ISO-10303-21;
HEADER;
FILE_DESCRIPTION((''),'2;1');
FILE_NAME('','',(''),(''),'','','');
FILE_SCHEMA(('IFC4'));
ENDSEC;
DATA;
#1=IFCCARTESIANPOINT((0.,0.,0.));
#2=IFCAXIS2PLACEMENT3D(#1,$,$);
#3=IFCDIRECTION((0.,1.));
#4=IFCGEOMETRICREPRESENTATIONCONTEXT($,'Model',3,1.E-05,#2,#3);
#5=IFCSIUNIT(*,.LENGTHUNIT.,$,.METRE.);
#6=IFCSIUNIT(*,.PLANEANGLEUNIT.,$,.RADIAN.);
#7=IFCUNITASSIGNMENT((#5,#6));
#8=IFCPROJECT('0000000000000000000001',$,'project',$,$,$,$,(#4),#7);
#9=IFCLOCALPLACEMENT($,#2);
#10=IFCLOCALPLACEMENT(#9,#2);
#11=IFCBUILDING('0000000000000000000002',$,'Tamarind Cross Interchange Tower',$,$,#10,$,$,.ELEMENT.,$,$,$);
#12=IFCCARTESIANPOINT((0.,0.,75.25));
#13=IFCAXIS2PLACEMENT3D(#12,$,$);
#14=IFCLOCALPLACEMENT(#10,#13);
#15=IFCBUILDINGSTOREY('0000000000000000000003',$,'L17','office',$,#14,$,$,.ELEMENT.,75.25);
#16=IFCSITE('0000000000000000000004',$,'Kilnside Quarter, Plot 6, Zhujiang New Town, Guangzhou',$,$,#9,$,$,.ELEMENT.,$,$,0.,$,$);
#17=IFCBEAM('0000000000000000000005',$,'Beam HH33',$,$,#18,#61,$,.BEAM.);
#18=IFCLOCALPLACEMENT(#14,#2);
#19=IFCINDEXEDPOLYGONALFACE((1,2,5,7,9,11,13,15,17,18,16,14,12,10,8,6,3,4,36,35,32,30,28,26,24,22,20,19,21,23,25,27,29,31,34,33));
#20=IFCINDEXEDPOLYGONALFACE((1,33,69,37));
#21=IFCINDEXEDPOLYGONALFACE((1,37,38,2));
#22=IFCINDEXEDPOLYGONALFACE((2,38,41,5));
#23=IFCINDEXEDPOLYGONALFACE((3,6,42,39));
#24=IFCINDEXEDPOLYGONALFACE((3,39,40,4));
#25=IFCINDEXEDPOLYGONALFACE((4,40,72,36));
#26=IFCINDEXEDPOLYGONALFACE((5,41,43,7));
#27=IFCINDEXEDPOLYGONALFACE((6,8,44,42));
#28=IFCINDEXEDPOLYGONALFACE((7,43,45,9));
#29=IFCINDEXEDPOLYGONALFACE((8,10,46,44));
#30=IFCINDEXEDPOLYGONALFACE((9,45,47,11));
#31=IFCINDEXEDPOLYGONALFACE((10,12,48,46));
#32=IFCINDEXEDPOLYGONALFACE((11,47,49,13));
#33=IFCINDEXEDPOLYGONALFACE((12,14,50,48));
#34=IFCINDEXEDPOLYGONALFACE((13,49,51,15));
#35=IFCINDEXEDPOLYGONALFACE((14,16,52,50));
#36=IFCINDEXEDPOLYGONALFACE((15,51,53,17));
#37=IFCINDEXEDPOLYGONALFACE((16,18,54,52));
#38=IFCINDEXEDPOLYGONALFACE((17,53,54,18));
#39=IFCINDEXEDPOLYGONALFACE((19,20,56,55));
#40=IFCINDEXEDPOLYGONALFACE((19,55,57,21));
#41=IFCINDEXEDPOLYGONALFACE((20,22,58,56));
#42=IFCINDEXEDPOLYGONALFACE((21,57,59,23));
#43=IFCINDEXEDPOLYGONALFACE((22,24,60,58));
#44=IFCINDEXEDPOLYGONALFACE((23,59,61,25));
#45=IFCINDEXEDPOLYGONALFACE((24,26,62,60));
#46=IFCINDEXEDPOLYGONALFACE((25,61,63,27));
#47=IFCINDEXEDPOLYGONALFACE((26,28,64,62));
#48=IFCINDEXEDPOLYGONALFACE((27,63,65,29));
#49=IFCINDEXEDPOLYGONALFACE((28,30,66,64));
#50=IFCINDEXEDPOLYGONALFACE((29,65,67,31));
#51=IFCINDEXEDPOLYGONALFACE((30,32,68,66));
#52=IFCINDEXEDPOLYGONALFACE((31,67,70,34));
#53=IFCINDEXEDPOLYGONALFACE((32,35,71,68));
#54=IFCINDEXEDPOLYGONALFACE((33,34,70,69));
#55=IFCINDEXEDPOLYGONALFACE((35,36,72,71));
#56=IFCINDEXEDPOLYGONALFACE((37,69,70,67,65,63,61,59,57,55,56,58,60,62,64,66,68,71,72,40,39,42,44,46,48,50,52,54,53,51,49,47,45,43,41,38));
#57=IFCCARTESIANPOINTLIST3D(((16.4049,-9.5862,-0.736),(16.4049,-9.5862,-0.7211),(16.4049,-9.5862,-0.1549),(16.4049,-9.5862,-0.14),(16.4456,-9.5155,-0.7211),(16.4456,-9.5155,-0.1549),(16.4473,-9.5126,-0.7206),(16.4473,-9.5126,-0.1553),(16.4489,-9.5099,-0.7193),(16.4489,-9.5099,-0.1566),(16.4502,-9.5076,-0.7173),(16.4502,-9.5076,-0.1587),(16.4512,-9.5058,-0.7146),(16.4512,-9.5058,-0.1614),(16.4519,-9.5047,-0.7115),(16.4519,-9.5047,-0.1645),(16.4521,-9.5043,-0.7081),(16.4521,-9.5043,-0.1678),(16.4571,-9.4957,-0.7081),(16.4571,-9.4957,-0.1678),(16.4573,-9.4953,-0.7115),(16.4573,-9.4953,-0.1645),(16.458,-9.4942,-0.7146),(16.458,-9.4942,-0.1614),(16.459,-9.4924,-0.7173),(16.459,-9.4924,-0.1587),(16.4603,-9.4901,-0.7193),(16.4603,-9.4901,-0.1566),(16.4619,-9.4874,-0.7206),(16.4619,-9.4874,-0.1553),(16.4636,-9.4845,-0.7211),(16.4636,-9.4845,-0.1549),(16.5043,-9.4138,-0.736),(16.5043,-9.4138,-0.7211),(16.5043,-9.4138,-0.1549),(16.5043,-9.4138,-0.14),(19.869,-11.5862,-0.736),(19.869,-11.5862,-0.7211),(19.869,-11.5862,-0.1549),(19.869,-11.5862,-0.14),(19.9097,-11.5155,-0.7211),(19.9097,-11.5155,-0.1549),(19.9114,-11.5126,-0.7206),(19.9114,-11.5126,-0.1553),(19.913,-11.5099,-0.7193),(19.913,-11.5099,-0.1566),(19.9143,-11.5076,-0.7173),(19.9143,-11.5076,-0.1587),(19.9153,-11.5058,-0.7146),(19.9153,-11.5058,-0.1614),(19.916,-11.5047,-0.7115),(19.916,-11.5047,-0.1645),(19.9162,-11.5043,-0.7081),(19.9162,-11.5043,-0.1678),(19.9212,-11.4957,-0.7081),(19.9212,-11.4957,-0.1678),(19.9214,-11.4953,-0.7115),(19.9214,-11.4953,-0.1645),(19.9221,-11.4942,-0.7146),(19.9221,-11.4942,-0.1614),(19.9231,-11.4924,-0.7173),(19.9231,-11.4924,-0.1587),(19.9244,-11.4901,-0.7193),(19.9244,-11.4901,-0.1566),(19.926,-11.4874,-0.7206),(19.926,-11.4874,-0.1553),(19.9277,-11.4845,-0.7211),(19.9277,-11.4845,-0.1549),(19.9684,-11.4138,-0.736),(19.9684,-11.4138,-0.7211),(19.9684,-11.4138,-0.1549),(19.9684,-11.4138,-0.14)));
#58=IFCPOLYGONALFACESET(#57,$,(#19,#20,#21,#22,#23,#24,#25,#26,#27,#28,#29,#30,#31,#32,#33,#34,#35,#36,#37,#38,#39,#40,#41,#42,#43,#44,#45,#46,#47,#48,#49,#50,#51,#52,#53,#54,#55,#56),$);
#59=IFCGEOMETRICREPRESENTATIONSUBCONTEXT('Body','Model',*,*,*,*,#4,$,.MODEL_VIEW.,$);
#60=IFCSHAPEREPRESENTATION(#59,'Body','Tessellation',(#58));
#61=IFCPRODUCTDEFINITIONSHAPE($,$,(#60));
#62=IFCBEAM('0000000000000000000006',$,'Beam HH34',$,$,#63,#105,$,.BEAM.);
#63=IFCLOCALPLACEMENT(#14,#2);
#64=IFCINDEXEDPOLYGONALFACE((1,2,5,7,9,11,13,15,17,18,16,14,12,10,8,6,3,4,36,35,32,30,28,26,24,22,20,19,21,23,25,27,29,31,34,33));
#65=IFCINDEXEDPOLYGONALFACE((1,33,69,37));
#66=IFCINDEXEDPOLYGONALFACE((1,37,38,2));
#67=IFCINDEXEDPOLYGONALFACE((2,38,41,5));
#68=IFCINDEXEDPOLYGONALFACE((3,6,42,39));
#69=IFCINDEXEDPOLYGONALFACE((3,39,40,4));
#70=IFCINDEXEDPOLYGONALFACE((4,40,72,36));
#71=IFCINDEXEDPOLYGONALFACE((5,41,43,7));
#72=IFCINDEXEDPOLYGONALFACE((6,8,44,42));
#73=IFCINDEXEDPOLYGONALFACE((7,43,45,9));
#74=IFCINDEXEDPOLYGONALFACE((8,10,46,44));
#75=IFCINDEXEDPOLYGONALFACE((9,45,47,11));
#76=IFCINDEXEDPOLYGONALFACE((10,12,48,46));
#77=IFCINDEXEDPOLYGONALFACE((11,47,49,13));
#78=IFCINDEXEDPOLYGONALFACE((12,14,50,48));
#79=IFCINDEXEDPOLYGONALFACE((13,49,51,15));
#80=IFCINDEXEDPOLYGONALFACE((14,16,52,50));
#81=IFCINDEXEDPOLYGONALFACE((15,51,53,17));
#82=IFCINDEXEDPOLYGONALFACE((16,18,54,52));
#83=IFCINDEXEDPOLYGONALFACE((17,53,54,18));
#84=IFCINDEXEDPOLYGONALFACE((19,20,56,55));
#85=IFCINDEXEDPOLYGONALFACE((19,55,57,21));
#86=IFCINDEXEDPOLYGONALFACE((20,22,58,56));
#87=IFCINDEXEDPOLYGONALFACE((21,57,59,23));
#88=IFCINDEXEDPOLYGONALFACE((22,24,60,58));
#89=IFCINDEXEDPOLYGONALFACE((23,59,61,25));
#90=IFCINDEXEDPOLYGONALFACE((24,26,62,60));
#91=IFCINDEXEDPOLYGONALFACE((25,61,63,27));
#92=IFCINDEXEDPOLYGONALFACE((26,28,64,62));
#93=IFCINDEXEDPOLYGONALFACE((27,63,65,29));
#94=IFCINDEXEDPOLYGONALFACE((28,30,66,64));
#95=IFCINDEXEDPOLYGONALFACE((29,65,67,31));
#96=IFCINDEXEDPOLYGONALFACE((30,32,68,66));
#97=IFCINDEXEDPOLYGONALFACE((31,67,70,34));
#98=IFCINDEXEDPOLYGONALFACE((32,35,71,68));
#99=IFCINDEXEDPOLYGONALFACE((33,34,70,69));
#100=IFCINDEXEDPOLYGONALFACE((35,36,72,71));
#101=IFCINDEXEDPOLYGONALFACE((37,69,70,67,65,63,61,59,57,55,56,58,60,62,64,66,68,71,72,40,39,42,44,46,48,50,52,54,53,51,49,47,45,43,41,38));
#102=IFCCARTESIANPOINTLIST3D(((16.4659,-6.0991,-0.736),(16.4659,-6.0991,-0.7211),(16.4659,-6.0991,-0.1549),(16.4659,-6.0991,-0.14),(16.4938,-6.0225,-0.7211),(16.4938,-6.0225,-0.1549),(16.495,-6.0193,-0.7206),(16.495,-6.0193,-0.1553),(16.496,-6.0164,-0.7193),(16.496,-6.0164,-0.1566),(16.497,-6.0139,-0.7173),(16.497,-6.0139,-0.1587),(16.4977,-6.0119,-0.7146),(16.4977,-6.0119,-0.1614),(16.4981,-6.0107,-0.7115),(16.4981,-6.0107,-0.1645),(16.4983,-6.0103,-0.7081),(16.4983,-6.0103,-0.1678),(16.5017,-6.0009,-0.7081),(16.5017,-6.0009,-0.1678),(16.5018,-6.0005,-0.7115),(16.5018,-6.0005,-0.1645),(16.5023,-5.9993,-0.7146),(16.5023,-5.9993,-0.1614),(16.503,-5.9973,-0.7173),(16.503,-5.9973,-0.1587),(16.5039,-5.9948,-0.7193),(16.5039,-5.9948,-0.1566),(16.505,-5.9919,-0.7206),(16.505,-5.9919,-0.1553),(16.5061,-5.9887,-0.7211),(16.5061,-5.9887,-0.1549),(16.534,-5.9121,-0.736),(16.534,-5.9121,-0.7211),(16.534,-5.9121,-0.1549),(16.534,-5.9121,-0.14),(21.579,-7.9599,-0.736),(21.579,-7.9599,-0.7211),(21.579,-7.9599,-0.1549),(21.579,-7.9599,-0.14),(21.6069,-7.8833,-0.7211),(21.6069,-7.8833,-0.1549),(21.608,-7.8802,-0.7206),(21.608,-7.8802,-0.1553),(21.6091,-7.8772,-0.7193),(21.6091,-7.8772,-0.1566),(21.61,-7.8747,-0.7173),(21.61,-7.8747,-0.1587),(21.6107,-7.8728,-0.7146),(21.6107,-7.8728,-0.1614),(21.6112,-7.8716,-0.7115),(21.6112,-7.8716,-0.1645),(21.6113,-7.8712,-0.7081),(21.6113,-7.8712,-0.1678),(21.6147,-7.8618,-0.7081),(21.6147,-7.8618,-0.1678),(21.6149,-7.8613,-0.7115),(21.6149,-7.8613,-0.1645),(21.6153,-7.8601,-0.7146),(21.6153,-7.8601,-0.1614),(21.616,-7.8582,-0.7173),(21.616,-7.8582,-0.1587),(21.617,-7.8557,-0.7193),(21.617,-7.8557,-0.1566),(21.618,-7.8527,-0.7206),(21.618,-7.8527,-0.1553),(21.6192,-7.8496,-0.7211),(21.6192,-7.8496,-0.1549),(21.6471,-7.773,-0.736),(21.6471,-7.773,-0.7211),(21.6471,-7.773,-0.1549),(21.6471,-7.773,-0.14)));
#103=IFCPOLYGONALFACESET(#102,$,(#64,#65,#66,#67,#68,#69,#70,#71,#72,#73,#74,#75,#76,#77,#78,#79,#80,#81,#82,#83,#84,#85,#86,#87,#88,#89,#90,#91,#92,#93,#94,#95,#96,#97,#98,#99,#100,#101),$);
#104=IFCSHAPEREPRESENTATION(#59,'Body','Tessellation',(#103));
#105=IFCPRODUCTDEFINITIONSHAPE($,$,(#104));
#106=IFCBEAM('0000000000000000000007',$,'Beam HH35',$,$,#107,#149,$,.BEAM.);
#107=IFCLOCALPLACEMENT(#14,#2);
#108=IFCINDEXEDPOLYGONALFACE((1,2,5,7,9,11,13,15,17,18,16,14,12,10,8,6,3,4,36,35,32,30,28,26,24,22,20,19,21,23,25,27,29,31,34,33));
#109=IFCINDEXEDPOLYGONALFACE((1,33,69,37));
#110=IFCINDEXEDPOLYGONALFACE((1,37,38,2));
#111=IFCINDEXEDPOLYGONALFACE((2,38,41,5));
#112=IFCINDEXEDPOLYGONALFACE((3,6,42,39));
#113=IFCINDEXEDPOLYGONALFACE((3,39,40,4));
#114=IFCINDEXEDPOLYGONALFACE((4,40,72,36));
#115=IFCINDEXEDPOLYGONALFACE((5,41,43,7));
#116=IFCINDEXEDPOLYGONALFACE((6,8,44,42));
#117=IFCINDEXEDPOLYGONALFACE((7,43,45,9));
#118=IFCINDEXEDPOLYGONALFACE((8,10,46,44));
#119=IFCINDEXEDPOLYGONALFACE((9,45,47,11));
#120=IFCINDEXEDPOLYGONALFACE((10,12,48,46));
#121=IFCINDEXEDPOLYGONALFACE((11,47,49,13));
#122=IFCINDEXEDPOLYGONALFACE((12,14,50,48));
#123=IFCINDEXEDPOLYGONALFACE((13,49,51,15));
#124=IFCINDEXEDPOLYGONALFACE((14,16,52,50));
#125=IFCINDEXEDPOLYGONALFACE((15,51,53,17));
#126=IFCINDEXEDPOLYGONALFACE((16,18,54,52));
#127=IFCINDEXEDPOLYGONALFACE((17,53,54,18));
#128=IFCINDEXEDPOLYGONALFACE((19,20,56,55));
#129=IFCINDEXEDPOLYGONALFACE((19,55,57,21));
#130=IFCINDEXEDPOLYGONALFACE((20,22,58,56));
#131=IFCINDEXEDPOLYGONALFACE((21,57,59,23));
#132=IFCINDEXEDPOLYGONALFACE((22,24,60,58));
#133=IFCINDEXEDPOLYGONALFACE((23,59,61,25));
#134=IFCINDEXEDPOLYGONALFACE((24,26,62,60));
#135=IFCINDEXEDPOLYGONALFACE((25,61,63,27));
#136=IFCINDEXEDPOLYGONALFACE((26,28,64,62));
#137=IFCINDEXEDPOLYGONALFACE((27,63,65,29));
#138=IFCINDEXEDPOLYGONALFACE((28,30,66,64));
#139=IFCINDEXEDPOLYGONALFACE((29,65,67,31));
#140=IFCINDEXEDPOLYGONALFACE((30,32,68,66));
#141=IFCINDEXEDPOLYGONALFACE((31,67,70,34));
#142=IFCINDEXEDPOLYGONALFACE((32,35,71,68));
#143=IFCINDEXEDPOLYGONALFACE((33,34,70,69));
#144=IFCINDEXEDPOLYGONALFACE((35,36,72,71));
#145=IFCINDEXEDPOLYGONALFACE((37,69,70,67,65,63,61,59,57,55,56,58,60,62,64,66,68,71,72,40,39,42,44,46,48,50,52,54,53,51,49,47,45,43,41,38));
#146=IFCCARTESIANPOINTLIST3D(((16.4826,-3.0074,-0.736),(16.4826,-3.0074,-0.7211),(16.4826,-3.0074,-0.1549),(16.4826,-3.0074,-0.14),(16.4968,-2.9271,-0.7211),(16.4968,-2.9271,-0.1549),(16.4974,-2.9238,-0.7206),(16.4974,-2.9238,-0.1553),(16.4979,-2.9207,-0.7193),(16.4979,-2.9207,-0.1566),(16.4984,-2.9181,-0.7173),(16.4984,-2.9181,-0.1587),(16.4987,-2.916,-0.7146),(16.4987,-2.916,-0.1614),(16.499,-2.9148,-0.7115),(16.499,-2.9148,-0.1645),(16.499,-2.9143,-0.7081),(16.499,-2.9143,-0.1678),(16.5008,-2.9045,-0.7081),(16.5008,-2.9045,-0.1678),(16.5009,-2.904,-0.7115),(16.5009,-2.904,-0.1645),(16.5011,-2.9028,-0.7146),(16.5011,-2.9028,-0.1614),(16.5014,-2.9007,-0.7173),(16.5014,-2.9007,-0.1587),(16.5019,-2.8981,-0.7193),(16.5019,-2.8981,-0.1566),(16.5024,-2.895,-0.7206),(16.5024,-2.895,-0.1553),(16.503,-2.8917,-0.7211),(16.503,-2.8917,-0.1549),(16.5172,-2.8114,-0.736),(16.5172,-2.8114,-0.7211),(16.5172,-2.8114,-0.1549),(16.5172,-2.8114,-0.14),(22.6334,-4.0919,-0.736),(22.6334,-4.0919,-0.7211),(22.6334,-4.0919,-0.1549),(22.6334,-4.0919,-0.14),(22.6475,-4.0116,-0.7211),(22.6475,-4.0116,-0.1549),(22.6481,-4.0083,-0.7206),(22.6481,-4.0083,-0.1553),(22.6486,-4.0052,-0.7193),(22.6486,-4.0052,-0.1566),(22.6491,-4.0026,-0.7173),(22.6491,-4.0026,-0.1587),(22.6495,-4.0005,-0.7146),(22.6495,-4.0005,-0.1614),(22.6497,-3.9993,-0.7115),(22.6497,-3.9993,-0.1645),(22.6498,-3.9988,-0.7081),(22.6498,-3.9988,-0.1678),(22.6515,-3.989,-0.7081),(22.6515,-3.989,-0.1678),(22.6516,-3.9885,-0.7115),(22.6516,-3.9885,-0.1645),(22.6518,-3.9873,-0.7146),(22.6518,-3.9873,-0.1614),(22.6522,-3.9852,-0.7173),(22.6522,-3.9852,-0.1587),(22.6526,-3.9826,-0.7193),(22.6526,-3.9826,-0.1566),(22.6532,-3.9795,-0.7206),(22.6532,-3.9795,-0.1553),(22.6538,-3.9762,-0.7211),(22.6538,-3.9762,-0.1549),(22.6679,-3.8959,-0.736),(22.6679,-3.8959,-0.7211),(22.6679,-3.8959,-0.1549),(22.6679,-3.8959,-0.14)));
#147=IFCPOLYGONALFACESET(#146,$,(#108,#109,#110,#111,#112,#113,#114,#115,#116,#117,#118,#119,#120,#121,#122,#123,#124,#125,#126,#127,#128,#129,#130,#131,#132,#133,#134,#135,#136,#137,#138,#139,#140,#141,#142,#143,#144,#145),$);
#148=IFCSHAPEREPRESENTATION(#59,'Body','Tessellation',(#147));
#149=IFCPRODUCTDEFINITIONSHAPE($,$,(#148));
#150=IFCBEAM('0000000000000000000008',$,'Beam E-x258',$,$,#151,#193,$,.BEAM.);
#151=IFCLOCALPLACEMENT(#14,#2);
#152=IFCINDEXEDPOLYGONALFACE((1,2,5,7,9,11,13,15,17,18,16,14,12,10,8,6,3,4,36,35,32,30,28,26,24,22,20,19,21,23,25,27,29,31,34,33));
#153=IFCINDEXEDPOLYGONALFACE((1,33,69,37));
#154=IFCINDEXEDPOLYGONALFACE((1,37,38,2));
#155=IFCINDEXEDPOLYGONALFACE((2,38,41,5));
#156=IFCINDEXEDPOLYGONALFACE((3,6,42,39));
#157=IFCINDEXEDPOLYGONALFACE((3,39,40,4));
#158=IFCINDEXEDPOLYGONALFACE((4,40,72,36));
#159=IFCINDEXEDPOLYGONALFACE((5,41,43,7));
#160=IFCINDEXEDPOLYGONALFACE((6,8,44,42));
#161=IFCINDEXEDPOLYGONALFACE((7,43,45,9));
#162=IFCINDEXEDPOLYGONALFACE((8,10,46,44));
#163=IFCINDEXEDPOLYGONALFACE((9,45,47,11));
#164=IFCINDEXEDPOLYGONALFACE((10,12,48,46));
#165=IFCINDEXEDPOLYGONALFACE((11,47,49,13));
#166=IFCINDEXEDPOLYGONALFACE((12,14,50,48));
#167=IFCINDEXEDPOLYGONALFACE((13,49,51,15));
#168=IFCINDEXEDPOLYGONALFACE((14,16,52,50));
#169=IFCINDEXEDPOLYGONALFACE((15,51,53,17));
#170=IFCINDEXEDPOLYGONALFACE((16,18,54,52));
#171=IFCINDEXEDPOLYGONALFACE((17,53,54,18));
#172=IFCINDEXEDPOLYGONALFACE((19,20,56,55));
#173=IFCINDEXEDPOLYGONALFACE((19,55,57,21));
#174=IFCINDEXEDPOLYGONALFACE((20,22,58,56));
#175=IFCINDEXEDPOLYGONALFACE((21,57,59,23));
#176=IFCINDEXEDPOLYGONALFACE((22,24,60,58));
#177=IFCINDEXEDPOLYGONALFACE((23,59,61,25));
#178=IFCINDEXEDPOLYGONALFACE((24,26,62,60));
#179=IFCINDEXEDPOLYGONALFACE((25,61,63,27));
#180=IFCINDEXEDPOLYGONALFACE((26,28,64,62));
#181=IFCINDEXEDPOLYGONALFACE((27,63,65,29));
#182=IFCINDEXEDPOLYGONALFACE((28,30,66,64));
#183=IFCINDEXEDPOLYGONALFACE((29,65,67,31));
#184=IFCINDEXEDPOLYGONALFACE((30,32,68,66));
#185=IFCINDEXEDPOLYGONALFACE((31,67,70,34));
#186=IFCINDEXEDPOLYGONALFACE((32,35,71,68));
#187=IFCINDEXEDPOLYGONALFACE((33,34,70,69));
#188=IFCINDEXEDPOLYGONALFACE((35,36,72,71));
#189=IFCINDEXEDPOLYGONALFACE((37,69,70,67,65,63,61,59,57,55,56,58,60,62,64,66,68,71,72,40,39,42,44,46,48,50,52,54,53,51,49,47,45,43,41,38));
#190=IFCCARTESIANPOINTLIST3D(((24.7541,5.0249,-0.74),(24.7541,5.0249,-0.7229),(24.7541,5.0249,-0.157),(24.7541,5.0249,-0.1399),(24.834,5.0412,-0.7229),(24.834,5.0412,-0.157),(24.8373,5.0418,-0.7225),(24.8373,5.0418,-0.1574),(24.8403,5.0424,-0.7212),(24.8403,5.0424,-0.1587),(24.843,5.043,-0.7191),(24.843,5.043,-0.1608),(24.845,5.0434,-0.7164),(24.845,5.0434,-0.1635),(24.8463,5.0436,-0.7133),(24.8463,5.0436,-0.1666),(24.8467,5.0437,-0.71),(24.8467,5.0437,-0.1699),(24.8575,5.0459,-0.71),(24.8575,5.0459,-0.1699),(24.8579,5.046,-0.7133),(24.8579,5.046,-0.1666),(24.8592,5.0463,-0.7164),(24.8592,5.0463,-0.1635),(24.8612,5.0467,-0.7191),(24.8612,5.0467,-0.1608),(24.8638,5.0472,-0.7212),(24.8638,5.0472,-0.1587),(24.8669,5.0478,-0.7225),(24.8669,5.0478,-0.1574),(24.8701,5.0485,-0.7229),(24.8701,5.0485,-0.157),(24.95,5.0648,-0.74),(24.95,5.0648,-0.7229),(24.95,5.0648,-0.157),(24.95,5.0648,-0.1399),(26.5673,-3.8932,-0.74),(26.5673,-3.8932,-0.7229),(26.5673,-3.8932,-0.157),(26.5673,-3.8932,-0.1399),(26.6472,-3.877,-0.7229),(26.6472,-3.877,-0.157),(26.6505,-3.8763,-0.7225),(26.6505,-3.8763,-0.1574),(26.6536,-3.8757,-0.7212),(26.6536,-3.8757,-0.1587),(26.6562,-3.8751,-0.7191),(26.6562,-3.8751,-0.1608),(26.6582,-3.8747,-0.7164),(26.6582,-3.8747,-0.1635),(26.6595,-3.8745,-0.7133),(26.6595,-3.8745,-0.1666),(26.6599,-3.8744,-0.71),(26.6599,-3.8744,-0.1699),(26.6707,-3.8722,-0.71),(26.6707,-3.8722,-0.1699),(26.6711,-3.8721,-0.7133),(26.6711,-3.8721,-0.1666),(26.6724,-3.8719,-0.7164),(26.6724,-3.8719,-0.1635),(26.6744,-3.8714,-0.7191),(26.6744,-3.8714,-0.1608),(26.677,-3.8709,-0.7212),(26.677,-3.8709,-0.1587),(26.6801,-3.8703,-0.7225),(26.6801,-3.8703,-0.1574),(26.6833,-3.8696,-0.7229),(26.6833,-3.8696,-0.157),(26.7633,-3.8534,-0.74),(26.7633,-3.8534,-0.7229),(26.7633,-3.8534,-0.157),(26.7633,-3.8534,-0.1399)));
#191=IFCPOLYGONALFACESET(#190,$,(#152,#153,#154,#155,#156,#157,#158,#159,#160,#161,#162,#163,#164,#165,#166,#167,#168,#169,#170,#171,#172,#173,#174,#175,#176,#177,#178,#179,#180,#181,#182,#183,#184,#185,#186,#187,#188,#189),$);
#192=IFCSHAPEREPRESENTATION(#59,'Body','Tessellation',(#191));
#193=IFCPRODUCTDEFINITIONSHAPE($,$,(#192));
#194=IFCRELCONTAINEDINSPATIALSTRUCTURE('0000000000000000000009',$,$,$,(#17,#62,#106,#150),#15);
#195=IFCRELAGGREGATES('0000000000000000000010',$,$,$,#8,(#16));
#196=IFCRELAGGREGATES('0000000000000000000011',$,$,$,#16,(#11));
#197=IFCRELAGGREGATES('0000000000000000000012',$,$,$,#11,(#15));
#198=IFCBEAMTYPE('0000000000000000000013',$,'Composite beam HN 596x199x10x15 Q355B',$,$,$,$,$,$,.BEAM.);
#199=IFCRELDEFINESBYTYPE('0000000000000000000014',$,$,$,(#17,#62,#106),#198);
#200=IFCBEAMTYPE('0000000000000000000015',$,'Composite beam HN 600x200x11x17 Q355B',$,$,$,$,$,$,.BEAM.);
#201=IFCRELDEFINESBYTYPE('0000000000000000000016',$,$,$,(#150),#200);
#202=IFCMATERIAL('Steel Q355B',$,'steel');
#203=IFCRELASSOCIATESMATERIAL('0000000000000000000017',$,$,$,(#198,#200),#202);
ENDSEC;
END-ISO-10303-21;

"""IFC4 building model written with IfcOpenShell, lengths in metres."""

from ifc_helpers import new_model, si_unit, direction, frame, origin, origin_2d, place, context, subcontext, project, spatial, i_section, extrude, material, material_profile, profile_set, type_object, element, save


model = new_model("IFC4")

# Units and contexts
model_context = context("Model", 3, precision=1e-05, world=origin(), true_north=direction((0.0, 1.0)))
body_context = subcontext(model_context, "Body", "Model", "MODEL_VIEW")
ifc_project = project(units=[si_unit("LENGTHUNIT", "METRE"), si_unit("PLANEANGLEUNIT", "RADIAN")], contexts=[model_context])

# Site, building, storey
site_placement = place(None, origin())
site = spatial("IfcSite", under=ifc_project, at=site_placement, Name="Kilnside Quarter, Plot 6, Zhujiang New Town, Guangzhou", CompositionType="ELEMENT", RefElevation=0.0)
building_placement = place(site_placement, origin())
building = spatial("IfcBuilding", under=site, at=building_placement, Name="Tamarind Cross Interchange Tower", CompositionType="ELEMENT")
storey_placement = place(building_placement, frame((0.0, 0.0, 75.25)))
storey = spatial("IfcBuildingStorey", under=building, at=storey_placement, Name="L17", Description="office", CompositionType="ELEMENT", Elevation=75.25)

# Beams
ifc_material_1 = material(Name="Steel Q355B", Category="steel")
ifc_material_profile_1 = material_profile(ifc_material_1, i_section(OverallWidth=0.199, OverallDepth=0.5959, WebThickness=0.01, FlangeThickness=0.0149, FilletRadius=0.0129, at=origin_2d()), Name="HN 596x199x10x15")
ifc_profile_set_1 = profile_set([ifc_material_profile_1], Name="Steel Q355B")
beam_type_1 = type_object("IfcBeamType", Name="Composite beam HN 596x199x10x15 Q355B", PredefinedType="BEAM", material=ifc_profile_set_1)
beam_1_placement = place(storey_placement, frame((19.9187, -11.5, -0.438), z_axis=(-0.866026, 0.499999, 0.0), x_axis=(-0.499999, -0.866026, 0.0)))
element("IfcBeam", 1, at=beam_1_placement, inside=storey, type_object=beam_type_1, Name="Beam HH33", PredefinedType="BEAM", context=body_context, shape_type="SweptSolid", body=[
    extrude(i_section(OverallWidth=0.199, OverallDepth=0.5959, WebThickness=0.01, FlangeThickness=0.0149, FilletRadius=0.0129, at=origin_2d()), origin(), (0.0, 0.0, 1.0), 4.0),
])
beam_2_placement = place(storey_placement, frame((21.613, -7.8665, -0.438), z_axis=(-0.939702, 0.341995, 0.0), x_axis=(-0.341995, -0.939702, 0.0)))
element("IfcBeam", 2, at=beam_2_placement, inside=storey, type_object=beam_type_1, Name="Beam HH34", PredefinedType="BEAM", context=body_context, shape_type="SweptSolid", body=[
    extrude(i_section(OverallWidth=0.199, OverallDepth=0.5959, WebThickness=0.01, FlangeThickness=0.0149, FilletRadius=0.0129, at=origin_2d()), origin(), (0.0, 0.0, 1.0), 5.4412),
])
beam_3_placement = place(storey_placement, frame((22.6506, -3.9939, -0.438), z_axis=(-0.984809, 0.17364, 0.0), x_axis=(-0.17364, -0.984809, 0.0)))
element("IfcBeam", 3, at=beam_3_placement, inside=storey, type_object=beam_type_1, Name="Beam HH35", PredefinedType="BEAM", context=body_context, shape_type="SweptSolid", body=[
    extrude(i_section(OverallWidth=0.199, OverallDepth=0.5959, WebThickness=0.01, FlangeThickness=0.0149, FilletRadius=0.0129, at=origin_2d()), origin(), (0.0, 0.0, 1.0), 6.2456),
])
ifc_material_profile_2 = material_profile(ifc_material_1, i_section(OverallWidth=0.2, OverallDepth=0.6001, WebThickness=0.011, FlangeThickness=0.0171, FilletRadius=0.0129, at=origin_2d()), Name="HN 600x200x11x17")
ifc_profile_set_2 = profile_set([ifc_material_profile_2], Name="Steel Q355B")
beam_type_2 = type_object("IfcBeamType", Name="Composite beam HN 600x200x11x17 Q355B", PredefinedType="BEAM", material=ifc_profile_set_2)
beam_4_placement = place(storey_placement, frame((26.6653, -3.8733, -0.4399), z_axis=(-0.199241, 0.97995, 0.0), x_axis=(-0.97995, -0.199241, 0.0)))
element("IfcBeam", 4, at=beam_4_placement, inside=storey, type_object=beam_type_2, Name="Beam E-x258", PredefinedType="BEAM", context=body_context, shape_type="SweptSolid", body=[
    extrude(i_section(OverallWidth=0.2, OverallDepth=0.6001, WebThickness=0.011, FlangeThickness=0.0171, FilletRadius=0.0129, at=origin_2d()), origin(), (0.0, 0.0, 1.0), 9.1006),
])

save(model, "model.ifc")
